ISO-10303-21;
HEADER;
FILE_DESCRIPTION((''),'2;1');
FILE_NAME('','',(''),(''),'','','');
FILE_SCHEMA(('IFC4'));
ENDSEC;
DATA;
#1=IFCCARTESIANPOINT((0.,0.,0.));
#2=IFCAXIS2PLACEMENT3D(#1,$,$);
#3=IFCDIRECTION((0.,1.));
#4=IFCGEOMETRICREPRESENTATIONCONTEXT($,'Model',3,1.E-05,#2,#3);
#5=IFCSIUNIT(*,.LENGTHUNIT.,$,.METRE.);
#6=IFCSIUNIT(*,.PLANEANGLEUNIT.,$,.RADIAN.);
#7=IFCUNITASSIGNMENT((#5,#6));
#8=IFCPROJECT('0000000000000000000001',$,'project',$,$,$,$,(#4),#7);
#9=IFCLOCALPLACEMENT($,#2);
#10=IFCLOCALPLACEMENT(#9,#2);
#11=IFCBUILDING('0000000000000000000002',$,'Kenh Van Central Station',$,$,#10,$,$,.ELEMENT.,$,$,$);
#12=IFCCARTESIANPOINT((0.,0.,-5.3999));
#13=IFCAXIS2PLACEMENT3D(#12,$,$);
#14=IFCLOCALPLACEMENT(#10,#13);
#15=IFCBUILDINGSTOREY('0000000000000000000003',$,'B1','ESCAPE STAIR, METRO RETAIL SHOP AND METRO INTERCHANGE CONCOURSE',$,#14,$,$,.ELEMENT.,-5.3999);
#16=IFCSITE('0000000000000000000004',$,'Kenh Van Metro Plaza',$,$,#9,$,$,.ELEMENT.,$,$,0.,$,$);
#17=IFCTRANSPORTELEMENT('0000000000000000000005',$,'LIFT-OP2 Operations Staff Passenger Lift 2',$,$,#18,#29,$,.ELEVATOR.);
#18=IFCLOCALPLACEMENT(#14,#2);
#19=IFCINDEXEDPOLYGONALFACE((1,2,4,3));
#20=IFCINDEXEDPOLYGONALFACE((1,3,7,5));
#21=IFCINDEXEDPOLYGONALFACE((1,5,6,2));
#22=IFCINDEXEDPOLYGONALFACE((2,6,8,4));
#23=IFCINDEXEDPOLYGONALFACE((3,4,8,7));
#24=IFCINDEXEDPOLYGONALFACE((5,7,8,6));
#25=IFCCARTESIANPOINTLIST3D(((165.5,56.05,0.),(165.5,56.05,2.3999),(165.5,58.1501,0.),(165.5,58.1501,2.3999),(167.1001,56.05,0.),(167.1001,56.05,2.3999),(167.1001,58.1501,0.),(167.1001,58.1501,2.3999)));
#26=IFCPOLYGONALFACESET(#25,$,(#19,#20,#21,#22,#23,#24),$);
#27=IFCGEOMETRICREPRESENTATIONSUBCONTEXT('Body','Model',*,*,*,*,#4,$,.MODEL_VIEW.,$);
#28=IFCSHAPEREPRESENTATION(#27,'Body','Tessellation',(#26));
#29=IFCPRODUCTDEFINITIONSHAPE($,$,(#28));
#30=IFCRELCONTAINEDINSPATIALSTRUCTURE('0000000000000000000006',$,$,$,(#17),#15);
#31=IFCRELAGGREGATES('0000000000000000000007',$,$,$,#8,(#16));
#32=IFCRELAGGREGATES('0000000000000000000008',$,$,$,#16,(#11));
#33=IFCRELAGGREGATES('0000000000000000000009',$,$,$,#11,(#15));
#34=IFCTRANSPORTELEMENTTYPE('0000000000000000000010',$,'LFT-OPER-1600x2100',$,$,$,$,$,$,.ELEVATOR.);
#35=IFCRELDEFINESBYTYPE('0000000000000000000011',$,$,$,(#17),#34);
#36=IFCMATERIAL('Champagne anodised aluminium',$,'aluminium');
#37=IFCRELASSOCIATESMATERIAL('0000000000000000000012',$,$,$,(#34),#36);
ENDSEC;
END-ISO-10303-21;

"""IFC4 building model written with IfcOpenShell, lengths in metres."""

from ifc_helpers import new_model, si_unit, direction, frame, origin, origin_2d, place, context, subcontext, project, spatial, rectangle, extrude, material, type_object, element, save


model = new_model("IFC4")

# Units and contexts
model_context = context("Model", 3, precision=1e-05, world=origin(), true_north=direction((0.0, 1.0)))
body_context = subcontext(model_context, "Body", "Model", "MODEL_VIEW")
ifc_project = project(units=[si_unit("LENGTHUNIT", "METRE"), si_unit("PLANEANGLEUNIT", "RADIAN")], contexts=[model_context])

# Site, building, storey
site_placement = place(None, origin())
site = spatial("IfcSite", under=ifc_project, at=site_placement, Name="Kenh Van Metro Plaza", CompositionType="ELEMENT", RefElevation=0.0)
building_placement = place(site_placement, origin())
building = spatial("IfcBuilding", under=site, at=building_placement, Name="Kenh Van Central Station", CompositionType="ELEMENT")
storey_placement = place(building_placement, frame((0.0, 0.0, -5.3999)))
storey = spatial("IfcBuildingStorey", under=building, at=storey_placement, Name="B1", Description="ESCAPE STAIR, METRO RETAIL SHOP AND METRO INTERCHANGE CONCOURSE", CompositionType="ELEMENT", Elevation=-5.3999)

# Shared definitions
ifc_material_1 = material(Name="Champagne anodised aluminium", Category="aluminium")

# Transport element
transport_element_type_1 = type_object("IfcTransportElementType", Name="LFT-OPER-1600x2100", PredefinedType="ELEVATOR", material=ifc_material_1)
transport_element_1_placement = place(storey_placement, frame((166.3, 57.1001, 0.0), z_axis=(0.0, 0.0, 1.0), x_axis=(1.0, 0.0, 0.0)))
element("IfcTransportElement", 1, at=transport_element_1_placement, inside=storey, type_object=transport_element_type_1, Name="LIFT-OP2 Operations Staff Passenger Lift 2", PredefinedType="ELEVATOR", context=body_context, shape_type="SweptSolid", body=[
    extrude(rectangle(XDim=1.6001, YDim=2.1001, at=origin_2d()), origin(), (0.0, 0.0, 1.0), 2.3999),
])

save(model, "model.ifc")
